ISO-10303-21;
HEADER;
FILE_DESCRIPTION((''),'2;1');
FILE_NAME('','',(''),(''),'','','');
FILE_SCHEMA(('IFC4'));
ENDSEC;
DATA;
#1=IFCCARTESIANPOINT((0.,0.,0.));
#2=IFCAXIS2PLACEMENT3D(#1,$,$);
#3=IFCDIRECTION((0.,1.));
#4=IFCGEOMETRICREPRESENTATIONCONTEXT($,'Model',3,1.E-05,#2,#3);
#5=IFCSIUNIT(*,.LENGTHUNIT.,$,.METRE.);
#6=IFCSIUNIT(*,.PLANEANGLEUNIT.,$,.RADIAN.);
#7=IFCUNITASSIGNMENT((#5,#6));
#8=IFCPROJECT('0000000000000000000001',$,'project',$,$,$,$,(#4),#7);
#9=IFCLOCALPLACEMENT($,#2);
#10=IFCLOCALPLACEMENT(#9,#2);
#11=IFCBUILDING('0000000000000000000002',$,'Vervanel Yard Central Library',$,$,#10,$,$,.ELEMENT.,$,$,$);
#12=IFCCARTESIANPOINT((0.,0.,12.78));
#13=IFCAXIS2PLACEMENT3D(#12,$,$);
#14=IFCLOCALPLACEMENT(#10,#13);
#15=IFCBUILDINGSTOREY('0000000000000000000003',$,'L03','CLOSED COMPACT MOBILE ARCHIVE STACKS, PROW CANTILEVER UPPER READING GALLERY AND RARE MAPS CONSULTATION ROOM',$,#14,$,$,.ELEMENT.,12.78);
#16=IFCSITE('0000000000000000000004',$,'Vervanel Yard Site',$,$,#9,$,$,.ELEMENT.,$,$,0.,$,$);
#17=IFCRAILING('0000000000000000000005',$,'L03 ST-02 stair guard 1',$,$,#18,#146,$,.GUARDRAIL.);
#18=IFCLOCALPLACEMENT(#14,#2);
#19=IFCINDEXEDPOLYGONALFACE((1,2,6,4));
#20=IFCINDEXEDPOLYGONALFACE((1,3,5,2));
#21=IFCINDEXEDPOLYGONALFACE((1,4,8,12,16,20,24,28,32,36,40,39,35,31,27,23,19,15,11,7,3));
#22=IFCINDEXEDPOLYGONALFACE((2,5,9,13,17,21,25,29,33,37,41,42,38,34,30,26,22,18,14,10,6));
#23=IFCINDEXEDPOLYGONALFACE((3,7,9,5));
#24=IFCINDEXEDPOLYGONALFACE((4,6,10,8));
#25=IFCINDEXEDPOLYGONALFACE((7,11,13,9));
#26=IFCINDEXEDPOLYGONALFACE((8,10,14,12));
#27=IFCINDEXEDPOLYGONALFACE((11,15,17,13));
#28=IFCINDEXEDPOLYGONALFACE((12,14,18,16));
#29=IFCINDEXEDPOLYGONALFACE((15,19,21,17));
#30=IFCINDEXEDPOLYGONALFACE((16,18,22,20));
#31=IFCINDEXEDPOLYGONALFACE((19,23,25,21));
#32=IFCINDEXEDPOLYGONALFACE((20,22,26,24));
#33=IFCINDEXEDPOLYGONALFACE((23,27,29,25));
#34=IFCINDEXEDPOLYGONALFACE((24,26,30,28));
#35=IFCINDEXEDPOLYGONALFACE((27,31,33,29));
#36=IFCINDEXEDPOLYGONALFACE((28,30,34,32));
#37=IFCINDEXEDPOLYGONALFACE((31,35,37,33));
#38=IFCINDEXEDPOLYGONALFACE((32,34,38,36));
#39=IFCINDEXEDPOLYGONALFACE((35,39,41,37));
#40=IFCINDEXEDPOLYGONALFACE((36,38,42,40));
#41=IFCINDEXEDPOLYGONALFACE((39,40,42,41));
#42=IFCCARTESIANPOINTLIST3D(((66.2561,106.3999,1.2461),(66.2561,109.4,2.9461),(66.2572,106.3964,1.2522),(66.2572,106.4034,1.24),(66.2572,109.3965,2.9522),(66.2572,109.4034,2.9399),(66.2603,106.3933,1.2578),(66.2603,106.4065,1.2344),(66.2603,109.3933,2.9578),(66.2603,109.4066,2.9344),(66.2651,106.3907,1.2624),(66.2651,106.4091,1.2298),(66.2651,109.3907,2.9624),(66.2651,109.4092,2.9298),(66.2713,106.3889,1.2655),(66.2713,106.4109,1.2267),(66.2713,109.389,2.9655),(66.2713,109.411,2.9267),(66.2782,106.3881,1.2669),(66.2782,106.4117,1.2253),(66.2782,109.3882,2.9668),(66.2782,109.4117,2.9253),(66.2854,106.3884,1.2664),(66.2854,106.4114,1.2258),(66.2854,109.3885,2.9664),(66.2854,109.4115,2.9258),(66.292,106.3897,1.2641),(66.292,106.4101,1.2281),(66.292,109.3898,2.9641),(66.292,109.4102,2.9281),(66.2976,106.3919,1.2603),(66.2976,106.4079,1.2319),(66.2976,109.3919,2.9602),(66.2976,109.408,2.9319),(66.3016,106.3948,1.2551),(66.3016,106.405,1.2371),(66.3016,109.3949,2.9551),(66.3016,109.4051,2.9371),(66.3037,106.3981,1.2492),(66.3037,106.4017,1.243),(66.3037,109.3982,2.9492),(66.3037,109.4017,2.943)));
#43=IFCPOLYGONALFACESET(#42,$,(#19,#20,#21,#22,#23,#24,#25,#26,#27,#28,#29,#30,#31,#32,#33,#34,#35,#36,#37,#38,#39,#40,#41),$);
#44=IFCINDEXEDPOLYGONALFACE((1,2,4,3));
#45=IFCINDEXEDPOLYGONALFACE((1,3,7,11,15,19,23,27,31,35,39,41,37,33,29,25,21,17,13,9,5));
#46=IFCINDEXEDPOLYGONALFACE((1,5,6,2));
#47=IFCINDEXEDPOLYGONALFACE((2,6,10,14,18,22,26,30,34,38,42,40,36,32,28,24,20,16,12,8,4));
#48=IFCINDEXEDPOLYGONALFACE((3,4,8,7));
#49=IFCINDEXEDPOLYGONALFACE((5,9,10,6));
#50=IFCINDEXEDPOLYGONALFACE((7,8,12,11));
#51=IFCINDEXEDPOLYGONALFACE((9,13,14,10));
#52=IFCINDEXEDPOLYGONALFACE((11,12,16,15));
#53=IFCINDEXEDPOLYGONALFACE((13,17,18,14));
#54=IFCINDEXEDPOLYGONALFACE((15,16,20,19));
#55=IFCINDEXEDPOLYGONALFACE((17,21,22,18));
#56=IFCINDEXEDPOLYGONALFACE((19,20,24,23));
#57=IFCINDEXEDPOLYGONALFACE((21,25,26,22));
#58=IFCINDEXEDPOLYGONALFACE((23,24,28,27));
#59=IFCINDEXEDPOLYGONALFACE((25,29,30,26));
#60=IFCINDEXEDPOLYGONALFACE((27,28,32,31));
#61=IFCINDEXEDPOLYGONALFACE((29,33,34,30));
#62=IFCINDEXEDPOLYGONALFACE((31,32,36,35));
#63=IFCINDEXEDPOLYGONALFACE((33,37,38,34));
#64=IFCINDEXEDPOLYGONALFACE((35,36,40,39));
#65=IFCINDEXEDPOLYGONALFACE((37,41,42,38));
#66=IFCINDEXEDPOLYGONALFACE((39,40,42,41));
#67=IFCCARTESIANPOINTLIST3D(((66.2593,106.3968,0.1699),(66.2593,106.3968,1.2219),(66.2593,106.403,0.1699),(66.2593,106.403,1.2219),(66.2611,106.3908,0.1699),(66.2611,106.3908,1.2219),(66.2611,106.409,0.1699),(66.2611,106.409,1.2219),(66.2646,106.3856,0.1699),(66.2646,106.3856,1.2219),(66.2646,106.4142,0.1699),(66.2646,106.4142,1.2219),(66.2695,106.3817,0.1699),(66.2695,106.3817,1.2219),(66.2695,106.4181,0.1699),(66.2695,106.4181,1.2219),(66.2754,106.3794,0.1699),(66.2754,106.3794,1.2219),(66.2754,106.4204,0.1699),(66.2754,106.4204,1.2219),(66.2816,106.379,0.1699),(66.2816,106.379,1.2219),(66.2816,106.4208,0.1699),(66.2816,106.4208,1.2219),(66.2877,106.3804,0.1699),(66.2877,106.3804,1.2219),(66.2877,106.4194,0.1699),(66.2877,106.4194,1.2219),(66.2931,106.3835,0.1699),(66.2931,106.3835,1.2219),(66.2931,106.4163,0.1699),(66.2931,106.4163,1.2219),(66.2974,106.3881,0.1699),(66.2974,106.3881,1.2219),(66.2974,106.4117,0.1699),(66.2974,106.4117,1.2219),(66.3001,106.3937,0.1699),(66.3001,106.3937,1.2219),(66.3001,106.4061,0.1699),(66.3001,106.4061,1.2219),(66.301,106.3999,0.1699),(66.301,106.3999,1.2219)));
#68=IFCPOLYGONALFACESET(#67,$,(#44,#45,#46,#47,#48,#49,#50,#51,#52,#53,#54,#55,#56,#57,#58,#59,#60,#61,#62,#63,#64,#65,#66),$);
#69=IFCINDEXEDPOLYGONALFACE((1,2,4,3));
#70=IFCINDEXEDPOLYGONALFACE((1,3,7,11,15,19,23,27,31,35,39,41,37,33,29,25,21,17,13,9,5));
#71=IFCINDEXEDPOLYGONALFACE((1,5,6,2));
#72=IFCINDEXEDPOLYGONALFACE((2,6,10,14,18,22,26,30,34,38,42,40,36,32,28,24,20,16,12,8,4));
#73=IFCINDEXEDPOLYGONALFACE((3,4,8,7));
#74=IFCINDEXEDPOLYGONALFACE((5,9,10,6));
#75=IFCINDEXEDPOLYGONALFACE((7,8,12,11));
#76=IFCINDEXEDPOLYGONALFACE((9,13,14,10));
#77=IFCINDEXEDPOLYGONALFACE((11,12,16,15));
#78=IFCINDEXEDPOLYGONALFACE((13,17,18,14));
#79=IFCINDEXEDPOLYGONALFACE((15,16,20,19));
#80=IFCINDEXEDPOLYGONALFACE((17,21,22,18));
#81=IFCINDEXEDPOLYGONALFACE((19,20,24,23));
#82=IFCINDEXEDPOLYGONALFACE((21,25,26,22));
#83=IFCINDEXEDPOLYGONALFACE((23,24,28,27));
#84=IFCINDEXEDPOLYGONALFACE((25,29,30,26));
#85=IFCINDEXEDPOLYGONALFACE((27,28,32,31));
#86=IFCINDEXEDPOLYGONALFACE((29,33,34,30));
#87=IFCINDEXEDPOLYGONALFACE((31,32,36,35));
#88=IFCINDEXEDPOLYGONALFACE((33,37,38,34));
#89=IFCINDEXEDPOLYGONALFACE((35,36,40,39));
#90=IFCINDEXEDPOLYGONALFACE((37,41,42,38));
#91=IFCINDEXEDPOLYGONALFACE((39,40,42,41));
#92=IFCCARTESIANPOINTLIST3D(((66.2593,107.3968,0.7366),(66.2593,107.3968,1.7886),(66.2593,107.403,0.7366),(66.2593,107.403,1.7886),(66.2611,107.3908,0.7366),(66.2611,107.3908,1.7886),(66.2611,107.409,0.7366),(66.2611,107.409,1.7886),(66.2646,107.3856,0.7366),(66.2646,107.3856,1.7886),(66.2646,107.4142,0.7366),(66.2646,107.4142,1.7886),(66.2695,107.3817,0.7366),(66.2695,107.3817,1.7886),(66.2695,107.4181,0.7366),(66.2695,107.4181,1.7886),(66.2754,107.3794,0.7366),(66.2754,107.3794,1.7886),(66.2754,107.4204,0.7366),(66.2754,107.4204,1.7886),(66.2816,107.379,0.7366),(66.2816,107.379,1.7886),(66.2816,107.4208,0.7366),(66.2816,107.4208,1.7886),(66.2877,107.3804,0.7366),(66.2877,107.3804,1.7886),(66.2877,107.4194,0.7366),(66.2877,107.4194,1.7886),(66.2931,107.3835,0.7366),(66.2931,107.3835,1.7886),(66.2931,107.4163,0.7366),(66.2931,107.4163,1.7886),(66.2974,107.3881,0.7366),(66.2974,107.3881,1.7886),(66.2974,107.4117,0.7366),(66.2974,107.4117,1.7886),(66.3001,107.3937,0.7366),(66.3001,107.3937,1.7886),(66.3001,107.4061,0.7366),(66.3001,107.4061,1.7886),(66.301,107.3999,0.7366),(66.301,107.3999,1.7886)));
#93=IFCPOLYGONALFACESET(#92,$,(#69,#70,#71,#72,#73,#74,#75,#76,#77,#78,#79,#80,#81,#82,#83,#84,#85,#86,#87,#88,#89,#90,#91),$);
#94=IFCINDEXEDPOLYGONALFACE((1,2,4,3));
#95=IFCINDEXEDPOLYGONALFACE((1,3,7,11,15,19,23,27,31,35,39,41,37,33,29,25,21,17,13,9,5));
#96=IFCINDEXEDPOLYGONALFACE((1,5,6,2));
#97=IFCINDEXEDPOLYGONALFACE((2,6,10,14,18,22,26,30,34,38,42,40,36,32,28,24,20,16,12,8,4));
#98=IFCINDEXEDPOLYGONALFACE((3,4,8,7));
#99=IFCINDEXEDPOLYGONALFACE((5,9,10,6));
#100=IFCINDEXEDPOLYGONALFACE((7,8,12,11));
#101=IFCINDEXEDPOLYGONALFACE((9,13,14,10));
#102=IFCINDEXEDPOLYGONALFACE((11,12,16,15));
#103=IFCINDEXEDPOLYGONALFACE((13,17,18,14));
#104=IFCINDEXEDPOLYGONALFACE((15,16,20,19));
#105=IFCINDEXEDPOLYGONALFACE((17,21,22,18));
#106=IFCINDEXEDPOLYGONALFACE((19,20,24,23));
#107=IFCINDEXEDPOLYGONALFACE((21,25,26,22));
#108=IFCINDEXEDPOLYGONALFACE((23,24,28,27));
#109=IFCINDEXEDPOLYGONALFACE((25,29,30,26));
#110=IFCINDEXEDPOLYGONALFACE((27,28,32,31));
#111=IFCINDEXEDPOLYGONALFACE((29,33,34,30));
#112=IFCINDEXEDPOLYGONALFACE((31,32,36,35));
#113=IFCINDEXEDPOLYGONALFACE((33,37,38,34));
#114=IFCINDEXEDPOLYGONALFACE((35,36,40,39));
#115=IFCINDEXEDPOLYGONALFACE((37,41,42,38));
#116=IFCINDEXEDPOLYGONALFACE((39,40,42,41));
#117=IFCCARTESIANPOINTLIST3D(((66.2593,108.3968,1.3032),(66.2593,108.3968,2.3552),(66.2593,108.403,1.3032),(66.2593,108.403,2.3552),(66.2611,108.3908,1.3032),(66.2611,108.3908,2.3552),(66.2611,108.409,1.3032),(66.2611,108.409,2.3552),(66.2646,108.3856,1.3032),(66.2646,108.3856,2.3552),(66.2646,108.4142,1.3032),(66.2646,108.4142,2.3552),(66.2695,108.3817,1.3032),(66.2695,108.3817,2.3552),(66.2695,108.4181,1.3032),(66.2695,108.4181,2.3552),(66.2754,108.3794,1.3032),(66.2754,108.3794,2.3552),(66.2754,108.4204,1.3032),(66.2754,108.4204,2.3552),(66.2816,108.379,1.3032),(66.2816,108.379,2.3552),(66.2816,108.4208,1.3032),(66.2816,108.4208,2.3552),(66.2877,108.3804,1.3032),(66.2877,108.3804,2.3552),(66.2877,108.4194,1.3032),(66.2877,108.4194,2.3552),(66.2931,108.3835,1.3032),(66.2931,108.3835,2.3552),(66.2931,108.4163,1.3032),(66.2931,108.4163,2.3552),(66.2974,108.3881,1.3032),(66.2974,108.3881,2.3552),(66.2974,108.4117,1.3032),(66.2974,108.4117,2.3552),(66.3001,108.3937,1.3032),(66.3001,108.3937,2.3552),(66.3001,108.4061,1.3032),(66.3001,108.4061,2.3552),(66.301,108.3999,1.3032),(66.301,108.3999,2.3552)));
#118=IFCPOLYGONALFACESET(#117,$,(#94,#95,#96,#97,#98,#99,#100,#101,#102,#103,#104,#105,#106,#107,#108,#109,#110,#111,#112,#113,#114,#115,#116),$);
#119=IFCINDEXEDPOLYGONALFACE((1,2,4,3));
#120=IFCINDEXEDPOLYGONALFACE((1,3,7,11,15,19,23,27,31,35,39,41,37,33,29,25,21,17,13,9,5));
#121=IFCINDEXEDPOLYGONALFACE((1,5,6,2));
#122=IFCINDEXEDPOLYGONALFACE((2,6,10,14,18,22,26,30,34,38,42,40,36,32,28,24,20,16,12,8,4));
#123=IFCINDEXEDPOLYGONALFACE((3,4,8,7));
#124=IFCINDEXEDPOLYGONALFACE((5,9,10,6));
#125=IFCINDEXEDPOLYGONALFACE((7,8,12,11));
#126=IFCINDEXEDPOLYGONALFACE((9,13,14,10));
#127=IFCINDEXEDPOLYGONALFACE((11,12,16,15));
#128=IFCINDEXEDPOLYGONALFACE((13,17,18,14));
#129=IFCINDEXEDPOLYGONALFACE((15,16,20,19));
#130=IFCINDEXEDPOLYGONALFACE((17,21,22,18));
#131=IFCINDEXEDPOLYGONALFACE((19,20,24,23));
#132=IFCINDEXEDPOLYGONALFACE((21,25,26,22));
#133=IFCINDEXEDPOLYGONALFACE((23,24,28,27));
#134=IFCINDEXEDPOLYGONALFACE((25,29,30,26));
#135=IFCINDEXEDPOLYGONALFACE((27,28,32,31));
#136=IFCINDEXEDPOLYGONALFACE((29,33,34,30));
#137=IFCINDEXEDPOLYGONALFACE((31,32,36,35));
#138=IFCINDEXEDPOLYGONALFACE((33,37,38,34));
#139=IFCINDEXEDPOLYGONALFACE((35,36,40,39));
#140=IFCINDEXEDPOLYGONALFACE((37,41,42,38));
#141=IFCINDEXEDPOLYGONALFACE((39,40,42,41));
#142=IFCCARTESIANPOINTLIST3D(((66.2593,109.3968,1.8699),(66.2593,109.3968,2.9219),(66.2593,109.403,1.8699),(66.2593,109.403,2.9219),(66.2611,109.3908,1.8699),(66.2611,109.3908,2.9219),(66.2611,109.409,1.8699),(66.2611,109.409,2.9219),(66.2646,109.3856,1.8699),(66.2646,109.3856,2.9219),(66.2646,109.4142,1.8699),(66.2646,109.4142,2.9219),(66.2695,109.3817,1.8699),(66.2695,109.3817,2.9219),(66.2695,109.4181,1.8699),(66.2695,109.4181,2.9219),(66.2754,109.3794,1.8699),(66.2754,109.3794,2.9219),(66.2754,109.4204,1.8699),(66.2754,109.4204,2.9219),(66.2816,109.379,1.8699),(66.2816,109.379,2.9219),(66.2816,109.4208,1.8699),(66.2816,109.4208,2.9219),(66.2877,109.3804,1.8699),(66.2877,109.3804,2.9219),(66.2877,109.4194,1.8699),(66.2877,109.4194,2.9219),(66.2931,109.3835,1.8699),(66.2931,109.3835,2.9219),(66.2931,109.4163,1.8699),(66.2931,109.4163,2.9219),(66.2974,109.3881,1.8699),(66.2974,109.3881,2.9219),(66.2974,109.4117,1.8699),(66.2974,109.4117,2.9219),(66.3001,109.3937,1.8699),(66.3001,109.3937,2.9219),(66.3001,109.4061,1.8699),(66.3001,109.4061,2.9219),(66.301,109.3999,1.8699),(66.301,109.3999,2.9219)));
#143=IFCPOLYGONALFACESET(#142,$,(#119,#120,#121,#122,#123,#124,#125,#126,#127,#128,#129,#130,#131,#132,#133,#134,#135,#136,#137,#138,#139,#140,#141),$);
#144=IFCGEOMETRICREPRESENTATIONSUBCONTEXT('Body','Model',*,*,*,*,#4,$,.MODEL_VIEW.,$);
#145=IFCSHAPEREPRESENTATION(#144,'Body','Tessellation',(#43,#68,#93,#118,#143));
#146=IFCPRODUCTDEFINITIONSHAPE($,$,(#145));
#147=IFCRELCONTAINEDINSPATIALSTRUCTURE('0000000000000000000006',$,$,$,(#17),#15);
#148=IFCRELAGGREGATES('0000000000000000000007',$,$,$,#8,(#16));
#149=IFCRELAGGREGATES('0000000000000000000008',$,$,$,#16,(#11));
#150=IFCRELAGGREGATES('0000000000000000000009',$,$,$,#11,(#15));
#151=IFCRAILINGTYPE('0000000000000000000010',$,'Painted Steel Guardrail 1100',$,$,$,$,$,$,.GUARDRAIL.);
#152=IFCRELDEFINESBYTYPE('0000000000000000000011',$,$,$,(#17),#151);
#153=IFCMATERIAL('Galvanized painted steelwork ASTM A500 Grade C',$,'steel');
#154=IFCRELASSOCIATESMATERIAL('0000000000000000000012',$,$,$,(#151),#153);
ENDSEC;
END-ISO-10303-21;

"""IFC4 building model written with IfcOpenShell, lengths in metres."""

from ifc_helpers import new_model, si_unit, direction, frame, origin, origin_2d, place, context, subcontext, project, spatial, circle, extrude, material, type_object, element, save


model = new_model("IFC4")

# Units and contexts
model_context = context("Model", 3, precision=1e-05, world=origin(), true_north=direction((0.0, 1.0)))
body_context = subcontext(model_context, "Body", "Model", "MODEL_VIEW")
ifc_project = project(units=[si_unit("LENGTHUNIT", "METRE"), si_unit("PLANEANGLEUNIT", "RADIAN")], contexts=[model_context])

# Site, building, storey
site_placement = place(None, origin())
site = spatial("IfcSite", under=ifc_project, at=site_placement, Name="Vervanel Yard Site", CompositionType="ELEMENT", RefElevation=0.0)
building_placement = place(site_placement, origin())
building = spatial("IfcBuilding", under=site, at=building_placement, Name="Vervanel Yard Central Library", CompositionType="ELEMENT")
storey_placement = place(building_placement, frame((0.0, 0.0, 12.78)))
storey = spatial("IfcBuildingStorey", under=building, at=storey_placement, Name="L03", Description="CLOSED COMPACT MOBILE ARCHIVE STACKS, PROW CANTILEVER UPPER READING GALLERY AND RARE MAPS CONSULTATION ROOM", CompositionType="ELEMENT", Elevation=12.78)

# Shared definitions
ifc_material_1 = material(Name="Galvanized painted steelwork ASTM A500 Grade C", Category="steel")

# Railing
railing_type_1 = type_object("IfcRailingType", Name="Painted Steel Guardrail 1100", PredefinedType="GUARDRAIL", material=ifc_material_1)
railing_1_placement = place(storey_placement, frame((66.28, 106.3999, 0.1699)))
element("IfcRailing", 1, at=railing_1_placement, inside=storey, type_object=railing_type_1, Name="L03 ST-02 stair guard 1", PredefinedType="GUARDRAIL", context=body_context, shape_type="SweptSolid", body=[
    extrude(circle(Radius=0.0239, at=origin_2d()), frame((0.0, 0.0, 1.0762), z_axis=(0.0, 0.870028, 0.493002), x_axis=(-1.0, 0.0, 0.0)), (0.0, 0.0, 1.0), 3.4482),
    extrude(circle(Radius=0.021, at=origin_2d()), origin(), (0.0, 0.0, 1.0), 1.052),
    extrude(circle(Radius=0.021, at=origin_2d()), frame((0.0, 1.0, 0.5667)), (0.0, 0.0, 1.0), 1.052),
    extrude(circle(Radius=0.021, at=origin_2d()), frame((0.0, 2.0, 1.1333)), (0.0, 0.0, 1.0), 1.052),
    extrude(circle(Radius=0.021, at=origin_2d()), frame((0.0, 3.0, 1.7)), (0.0, 0.0, 1.0), 1.052),
])

save(model, "model.ifc")
